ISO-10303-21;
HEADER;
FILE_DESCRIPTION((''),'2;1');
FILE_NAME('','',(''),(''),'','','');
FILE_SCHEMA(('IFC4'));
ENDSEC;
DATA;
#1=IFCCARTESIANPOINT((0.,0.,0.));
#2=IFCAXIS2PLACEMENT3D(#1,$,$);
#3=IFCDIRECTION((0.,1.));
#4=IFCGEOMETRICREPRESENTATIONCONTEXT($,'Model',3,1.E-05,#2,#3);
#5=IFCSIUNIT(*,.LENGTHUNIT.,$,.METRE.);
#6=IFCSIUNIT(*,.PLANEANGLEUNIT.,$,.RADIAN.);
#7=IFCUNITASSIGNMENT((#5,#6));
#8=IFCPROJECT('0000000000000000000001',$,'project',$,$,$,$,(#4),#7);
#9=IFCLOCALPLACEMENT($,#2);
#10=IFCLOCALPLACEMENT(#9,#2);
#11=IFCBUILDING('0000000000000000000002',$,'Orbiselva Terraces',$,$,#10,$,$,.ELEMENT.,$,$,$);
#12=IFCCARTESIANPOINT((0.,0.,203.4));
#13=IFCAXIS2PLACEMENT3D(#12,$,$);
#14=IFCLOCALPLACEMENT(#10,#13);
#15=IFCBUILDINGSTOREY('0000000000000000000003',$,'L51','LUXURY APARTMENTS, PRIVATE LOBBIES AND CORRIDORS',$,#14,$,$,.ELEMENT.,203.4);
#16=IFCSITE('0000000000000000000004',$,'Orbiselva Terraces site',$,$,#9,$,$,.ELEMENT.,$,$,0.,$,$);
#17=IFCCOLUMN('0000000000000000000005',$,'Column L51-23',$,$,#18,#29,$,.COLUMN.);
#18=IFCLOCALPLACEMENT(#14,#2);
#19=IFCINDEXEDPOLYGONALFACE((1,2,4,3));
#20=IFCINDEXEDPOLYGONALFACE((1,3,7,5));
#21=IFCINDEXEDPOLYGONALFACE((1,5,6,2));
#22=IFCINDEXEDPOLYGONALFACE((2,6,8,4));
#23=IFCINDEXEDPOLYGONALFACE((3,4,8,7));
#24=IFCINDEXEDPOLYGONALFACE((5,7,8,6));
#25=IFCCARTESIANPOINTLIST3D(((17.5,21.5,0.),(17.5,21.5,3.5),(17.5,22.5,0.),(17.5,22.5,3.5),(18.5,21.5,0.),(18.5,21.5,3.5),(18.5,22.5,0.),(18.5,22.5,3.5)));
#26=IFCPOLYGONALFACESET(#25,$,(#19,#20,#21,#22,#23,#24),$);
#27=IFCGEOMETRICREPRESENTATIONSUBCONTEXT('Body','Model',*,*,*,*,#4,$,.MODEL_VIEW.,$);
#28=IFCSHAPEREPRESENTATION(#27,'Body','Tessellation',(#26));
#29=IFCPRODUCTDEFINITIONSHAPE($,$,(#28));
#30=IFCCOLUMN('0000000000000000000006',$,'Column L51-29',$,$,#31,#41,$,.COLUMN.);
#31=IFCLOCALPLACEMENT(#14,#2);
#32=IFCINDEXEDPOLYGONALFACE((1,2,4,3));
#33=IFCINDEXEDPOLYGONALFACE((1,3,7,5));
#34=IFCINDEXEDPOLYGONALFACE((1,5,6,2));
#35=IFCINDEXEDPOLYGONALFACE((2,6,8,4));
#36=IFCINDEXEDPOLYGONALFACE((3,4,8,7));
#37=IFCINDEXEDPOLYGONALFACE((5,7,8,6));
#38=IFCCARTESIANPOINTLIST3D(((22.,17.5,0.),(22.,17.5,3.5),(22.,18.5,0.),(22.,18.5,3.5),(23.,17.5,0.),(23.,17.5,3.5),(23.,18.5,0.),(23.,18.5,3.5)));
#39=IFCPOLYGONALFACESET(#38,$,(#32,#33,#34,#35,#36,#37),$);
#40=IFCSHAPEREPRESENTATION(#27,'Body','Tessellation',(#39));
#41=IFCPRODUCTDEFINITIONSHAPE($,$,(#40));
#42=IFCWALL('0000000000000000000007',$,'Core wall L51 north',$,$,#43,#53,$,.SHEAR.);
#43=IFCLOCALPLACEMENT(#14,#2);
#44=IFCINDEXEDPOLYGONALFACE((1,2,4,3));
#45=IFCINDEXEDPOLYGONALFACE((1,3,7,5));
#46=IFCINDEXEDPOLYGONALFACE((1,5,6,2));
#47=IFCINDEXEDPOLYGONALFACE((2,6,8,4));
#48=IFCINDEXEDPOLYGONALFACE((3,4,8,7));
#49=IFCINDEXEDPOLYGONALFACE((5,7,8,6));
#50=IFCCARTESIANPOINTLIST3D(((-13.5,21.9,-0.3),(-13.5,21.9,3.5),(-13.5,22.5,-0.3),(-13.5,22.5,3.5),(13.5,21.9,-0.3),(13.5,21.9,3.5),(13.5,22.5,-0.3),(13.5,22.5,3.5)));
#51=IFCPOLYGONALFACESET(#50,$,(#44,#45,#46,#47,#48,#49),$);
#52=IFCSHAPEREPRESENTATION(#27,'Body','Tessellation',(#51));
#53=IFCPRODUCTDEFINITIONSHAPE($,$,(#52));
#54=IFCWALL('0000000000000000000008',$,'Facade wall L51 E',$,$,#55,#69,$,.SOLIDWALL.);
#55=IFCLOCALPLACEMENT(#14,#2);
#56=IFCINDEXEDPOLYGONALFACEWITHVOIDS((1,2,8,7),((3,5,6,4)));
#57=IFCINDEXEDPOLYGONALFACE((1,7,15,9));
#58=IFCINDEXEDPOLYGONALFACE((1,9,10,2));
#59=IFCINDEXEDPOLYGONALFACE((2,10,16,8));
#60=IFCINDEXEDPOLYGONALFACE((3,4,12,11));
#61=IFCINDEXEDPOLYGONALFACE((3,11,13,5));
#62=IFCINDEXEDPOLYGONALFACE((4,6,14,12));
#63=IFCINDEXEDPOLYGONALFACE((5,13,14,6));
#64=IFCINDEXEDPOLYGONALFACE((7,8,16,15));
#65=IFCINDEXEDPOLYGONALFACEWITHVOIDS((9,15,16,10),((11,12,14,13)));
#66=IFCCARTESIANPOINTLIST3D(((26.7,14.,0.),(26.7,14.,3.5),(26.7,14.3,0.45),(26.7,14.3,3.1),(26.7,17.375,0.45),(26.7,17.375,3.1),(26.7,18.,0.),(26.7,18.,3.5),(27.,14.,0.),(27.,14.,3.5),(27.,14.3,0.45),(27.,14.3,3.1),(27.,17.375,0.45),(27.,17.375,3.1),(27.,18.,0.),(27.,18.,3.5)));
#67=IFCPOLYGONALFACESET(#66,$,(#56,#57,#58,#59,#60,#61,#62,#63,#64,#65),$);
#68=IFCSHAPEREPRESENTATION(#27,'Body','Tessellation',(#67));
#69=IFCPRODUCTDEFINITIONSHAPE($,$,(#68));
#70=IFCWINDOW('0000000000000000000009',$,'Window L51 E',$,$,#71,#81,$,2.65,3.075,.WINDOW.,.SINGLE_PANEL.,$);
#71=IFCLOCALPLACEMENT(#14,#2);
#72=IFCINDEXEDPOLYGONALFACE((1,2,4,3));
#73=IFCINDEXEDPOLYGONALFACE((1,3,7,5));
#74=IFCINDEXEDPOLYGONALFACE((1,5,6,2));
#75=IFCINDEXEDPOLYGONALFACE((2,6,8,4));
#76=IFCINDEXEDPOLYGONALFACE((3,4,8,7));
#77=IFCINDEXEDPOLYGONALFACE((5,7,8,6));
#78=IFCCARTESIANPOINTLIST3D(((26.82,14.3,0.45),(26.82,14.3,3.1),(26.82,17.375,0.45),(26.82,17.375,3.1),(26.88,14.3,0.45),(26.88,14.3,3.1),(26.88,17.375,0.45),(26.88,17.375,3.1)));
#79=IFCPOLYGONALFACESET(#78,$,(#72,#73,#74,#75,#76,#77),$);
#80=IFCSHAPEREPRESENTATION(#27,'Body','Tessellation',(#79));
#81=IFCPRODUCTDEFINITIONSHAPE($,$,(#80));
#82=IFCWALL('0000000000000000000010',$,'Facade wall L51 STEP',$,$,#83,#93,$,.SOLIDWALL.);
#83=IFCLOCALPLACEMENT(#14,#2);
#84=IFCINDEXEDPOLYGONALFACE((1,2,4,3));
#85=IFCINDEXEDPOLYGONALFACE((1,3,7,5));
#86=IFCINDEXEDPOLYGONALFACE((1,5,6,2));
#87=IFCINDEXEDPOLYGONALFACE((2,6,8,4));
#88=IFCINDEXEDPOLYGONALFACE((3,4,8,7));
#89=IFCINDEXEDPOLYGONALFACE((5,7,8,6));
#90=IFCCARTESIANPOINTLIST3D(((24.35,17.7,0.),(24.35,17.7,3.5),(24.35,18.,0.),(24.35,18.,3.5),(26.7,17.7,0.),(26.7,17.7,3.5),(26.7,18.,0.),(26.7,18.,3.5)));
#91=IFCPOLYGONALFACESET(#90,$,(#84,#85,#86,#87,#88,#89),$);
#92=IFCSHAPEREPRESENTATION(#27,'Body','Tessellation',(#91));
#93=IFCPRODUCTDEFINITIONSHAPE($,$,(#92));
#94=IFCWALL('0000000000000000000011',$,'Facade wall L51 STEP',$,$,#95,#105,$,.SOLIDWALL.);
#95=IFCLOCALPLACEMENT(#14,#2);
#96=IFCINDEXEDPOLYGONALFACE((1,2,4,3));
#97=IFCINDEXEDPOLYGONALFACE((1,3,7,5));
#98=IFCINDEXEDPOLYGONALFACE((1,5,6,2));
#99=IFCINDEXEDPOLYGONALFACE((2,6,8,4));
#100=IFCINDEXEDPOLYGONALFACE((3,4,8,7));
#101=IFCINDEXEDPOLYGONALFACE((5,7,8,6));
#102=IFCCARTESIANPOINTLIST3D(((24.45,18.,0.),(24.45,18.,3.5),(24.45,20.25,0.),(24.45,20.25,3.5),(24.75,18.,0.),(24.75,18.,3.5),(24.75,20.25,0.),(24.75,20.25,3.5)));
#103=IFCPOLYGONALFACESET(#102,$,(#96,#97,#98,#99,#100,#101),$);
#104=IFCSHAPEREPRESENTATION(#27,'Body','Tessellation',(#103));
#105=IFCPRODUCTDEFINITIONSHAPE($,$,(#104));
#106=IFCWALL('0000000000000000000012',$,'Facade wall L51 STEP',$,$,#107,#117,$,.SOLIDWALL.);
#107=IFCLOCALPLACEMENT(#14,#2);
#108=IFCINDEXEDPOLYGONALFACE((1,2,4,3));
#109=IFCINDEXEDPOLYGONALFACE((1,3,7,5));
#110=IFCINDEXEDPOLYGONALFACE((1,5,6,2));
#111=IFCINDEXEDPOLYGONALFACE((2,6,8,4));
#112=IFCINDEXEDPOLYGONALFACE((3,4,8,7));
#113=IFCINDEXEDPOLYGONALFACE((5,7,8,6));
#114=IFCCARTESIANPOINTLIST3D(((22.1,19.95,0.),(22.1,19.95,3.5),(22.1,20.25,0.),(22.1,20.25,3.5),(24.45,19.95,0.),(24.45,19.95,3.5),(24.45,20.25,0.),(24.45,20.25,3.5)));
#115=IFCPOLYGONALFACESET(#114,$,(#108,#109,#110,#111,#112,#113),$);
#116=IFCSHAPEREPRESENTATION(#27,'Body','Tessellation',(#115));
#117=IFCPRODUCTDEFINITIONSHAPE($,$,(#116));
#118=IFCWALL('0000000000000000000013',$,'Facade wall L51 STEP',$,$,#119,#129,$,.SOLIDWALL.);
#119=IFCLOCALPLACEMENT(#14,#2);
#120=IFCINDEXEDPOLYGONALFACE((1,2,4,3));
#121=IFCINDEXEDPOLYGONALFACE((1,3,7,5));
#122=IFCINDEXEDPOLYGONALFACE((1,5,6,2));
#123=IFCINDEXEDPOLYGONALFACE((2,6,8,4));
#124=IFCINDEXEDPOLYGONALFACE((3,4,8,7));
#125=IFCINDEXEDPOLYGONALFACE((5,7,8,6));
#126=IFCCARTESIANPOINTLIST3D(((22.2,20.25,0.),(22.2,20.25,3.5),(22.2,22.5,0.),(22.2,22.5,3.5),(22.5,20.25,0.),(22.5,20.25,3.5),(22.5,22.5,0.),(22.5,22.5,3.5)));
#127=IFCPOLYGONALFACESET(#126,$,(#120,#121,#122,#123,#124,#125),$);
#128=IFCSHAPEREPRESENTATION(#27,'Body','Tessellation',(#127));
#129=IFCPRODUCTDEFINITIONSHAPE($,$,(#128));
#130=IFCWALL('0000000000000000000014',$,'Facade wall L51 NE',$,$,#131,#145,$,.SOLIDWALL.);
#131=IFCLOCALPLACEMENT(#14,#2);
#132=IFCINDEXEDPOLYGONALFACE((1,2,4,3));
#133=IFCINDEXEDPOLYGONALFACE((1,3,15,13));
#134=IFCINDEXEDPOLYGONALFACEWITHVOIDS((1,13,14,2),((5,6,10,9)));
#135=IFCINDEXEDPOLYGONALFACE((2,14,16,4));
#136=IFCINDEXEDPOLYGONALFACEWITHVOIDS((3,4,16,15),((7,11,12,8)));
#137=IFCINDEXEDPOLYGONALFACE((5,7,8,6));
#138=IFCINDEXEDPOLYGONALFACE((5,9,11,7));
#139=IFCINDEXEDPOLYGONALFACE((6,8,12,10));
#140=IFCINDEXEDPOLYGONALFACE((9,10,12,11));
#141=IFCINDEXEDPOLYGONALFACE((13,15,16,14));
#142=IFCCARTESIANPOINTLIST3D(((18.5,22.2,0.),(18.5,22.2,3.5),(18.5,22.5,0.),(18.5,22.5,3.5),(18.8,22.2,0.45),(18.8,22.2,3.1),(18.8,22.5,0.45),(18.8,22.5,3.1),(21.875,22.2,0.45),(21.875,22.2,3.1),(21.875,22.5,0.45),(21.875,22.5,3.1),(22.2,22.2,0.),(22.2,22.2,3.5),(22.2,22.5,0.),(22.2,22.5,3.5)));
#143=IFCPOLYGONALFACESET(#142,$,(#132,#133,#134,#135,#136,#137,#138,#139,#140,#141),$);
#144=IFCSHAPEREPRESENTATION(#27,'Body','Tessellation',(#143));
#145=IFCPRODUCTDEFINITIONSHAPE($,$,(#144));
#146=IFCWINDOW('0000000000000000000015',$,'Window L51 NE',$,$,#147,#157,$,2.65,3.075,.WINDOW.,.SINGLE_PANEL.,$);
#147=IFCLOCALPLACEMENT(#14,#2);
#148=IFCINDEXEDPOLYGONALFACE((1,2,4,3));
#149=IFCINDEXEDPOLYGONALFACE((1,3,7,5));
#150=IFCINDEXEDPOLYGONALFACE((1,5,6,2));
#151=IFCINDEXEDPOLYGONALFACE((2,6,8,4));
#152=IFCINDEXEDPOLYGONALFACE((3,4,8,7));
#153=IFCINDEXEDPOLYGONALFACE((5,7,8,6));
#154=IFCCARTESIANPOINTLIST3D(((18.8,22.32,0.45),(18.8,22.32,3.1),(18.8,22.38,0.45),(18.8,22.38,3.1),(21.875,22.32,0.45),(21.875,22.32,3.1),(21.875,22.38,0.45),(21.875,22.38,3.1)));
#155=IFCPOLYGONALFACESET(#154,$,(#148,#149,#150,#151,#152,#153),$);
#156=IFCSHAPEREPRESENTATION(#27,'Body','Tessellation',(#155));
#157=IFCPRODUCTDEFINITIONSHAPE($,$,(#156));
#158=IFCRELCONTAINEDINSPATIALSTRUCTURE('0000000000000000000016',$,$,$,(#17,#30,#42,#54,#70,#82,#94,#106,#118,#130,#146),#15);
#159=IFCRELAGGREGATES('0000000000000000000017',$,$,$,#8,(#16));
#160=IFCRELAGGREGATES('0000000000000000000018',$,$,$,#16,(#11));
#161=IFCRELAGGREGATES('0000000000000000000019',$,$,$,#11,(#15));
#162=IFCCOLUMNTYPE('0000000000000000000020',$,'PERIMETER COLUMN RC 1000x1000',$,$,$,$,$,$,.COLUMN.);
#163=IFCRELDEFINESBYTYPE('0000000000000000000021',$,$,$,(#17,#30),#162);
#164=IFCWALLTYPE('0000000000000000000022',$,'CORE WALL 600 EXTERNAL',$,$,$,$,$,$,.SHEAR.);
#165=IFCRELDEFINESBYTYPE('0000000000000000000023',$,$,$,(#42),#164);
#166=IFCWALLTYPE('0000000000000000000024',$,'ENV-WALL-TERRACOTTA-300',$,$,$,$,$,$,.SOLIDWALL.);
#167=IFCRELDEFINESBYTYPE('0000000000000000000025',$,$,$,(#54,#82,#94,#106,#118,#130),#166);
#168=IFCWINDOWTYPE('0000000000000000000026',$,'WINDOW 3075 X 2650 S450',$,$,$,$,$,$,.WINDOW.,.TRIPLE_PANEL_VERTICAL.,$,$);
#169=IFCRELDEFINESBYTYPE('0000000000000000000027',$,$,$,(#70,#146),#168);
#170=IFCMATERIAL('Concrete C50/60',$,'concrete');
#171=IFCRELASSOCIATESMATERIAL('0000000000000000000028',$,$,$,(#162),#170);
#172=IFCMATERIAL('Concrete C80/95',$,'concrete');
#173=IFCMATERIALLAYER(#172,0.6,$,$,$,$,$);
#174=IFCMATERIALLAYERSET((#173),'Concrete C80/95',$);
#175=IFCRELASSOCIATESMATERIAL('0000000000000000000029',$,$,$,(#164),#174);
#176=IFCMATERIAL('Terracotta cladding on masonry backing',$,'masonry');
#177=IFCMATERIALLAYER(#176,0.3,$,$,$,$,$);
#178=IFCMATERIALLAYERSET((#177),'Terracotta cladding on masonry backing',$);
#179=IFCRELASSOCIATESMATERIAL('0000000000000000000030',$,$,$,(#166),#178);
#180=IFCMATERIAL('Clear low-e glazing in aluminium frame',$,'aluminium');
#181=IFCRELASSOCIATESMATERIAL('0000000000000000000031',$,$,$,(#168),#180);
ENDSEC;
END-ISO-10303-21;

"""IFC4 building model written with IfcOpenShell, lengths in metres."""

from ifc_helpers import new_model, si_unit, direction, frame, frame_2d, origin, origin_2d, place, context, subcontext, project, spatial, rectangle, extrude, material, layer, layer_set, material_profile, profile_set, type_object, element, fill, save


model = new_model("IFC4")

# Units and contexts
model_context = context("Model", 3, precision=1e-05, world=origin(), true_north=direction((0.0, 1.0)))
body_context = subcontext(model_context, "Body", "Model", "MODEL_VIEW")
ifc_project = project(units=[si_unit("LENGTHUNIT", "METRE"), si_unit("PLANEANGLEUNIT", "RADIAN")], contexts=[model_context])

# Site, building, storey
site_placement = place(None, origin())
site = spatial("IfcSite", under=ifc_project, at=site_placement, Name="Orbiselva Terraces site", CompositionType="ELEMENT", RefElevation=0.0)
building_placement = place(site_placement, origin())
building = spatial("IfcBuilding", under=site, at=building_placement, Name="Orbiselva Terraces", CompositionType="ELEMENT")
storey_placement = place(building_placement, frame((0.0, 0.0, 203.4)))
storey = spatial("IfcBuildingStorey", under=building, at=storey_placement, Name="L51", Description="LUXURY APARTMENTS, PRIVATE LOBBIES AND CORRIDORS", CompositionType="ELEMENT", Elevation=203.4)

# Columns
ifc_material_1 = material(Name="Concrete C50/60", Category="concrete")
ifc_material_profile = material_profile(ifc_material_1, rectangle(XDim=1.0, YDim=1.0, at=origin_2d()), Name="RC 1000x1000")
ifc_profile_set = profile_set([ifc_material_profile], Name="Concrete C50/60")
column_type = type_object("IfcColumnType", Name="PERIMETER COLUMN RC 1000x1000", PredefinedType="COLUMN", material=ifc_profile_set)
for number, where, z_axis, x_axis, name in (
    (1, (18.0, 22.0, 0.0), (0.0, 0.0, 1.0), (1.0, 0.0, 0.0), "Column L51-23"),
    (2, (22.5, 18.0, 0.0), (0.0, 0.0, 1.0), (1.0, 0.0, 0.0), "Column L51-29"),
):
    element("IfcColumn", number, at=place(storey_placement, frame(where, z_axis=z_axis, x_axis=x_axis)), inside=storey, type_object=column_type, Name=name, PredefinedType="COLUMN", context=body_context, shape_type="SweptSolid", body=[
        extrude(rectangle(XDim=1.0, YDim=1.0, at=origin_2d()), origin(), (0.0, 0.0, 1.0), 3.5),
    ])

# Wall
ifc_material_2 = material(Name="Concrete C80/95", Category="concrete")
ifc_layer_1 = layer(ifc_material_2, 0.6)
ifc_layer_set_1 = layer_set([ifc_layer_1], Name="Concrete C80/95")
wall_type_1 = type_object("IfcWallType", Name="CORE WALL 600 EXTERNAL", PredefinedType="SHEAR", material=ifc_layer_set_1)
wall_1_placement = place(storey_placement, frame((13.5, 22.2, -0.3), z_axis=(0.0, 0.0, 1.0), x_axis=(-1.0, 0.0, 0.0)))
element("IfcWall", 3, at=wall_1_placement, inside=storey, type_object=wall_type_1, Name="Core wall L51 north", PredefinedType="SHEAR", context=body_context, shape_type="SweptSolid", body=[
    extrude(rectangle(XDim=27.0, YDim=0.6, at=frame_2d((13.5, 0.0))), origin(), (0.0, 0.0, 1.0), 3.8),
])

# Wall, opening, window
ifc_material_3 = material(Name="Terracotta cladding on masonry backing", Category="masonry")
ifc_layer_2 = layer(ifc_material_3, 0.3)
ifc_layer_set_2 = layer_set([ifc_layer_2], Name="Terracotta cladding on masonry backing")
wall_type_2 = type_object("IfcWallType", Name="ENV-WALL-TERRACOTTA-300", PredefinedType="SOLIDWALL", material=ifc_layer_set_2)
wall_2_placement = place(storey_placement, frame((26.85, 18.0, 0.0), z_axis=(0.0, 0.0, 1.0), x_axis=(0.0, -1.0, 0.0)))
wall_2 = element("IfcWall", 4, at=wall_2_placement, inside=storey, type_object=wall_type_2, Name="Facade wall L51 E", PredefinedType="SOLIDWALL", context=body_context, shape_type="SweptSolid", body=[
    extrude(rectangle(XDim=4.0, YDim=0.3, at=frame_2d((2.0, 0.0))), origin(), (0.0, 0.0, 1.0), 3.5),
])
opening_1_placement = place(wall_2_placement, frame((0.625, 0.0, 0.45)))
opening_1 = element("IfcOpeningElement", 5, at=opening_1_placement, cuts=wall_2, PredefinedType="OPENING", context=body_context, shape_type="SweptSolid", body=[
    extrude(rectangle(XDim=3.075, YDim=2.65, at=frame_2d((1.5375, 1.325))), frame((0.0, 0.16, 0.0), z_axis=(0.0, -1.0, 0.0), x_axis=(1.0, 0.0, 0.0)), (0.0, 0.0, 1.0), 0.32),
])
ifc_material_4 = material(Name="Clear low-e glazing in aluminium frame", Category="aluminium")
window_type = type_object("IfcWindowType", Name="WINDOW 3075 X 2650 S450", PartitioningType="TRIPLE_PANEL_VERTICAL", PredefinedType="WINDOW", material=ifc_material_4)
window_1_placement = place(opening_1_placement, origin())
window_1 = element("IfcWindow", 6, at=window_1_placement, inside=storey, type_object=window_type, Name="Window L51 E", OverallHeight=2.65, OverallWidth=3.075, PartitioningType="SINGLE_PANEL", PredefinedType="WINDOW", context=body_context, shape_type="SweptSolid", body=[
    extrude(rectangle(XDim=3.075, YDim=2.65, at=frame_2d((1.5375, 1.325))), frame((0.0, 0.03, 0.0), z_axis=(0.0, -1.0, 0.0), x_axis=(1.0, 0.0, 0.0)), (0.0, 0.0, 1.0), 0.06),
])
fill(opening_1, window_1)

# Walls
wall_3_placement = place(storey_placement, frame((24.35, 17.85, 0.0), z_axis=(0.0, 0.0, 1.0), x_axis=(1.0, 0.0, 0.0)))
element("IfcWall", 7, at=wall_3_placement, inside=storey, type_object=wall_type_2, Name="Facade wall L51 STEP", PredefinedType="SOLIDWALL", context=body_context, shape_type="SweptSolid", body=[
    extrude(rectangle(XDim=2.35, YDim=0.3, at=frame_2d((1.175, 0.0))), origin(), (0.0, 0.0, 1.0), 3.5),
])
wall_4_placement = place(storey_placement, frame((24.6, 20.25, 0.0), z_axis=(0.0, 0.0, 1.0), x_axis=(0.0, -1.0, 0.0)))
element("IfcWall", 8, at=wall_4_placement, inside=storey, type_object=wall_type_2, Name="Facade wall L51 STEP", PredefinedType="SOLIDWALL", context=body_context, shape_type="SweptSolid", body=[
    extrude(rectangle(XDim=2.25, YDim=0.3, at=frame_2d((1.125, 0.0))), origin(), (0.0, 0.0, 1.0), 3.5),
])
wall_5_placement = place(storey_placement, frame((22.1, 20.1, 0.0), z_axis=(0.0, 0.0, 1.0), x_axis=(1.0, 0.0, 0.0)))
element("IfcWall", 9, at=wall_5_placement, inside=storey, type_object=wall_type_2, Name="Facade wall L51 STEP", PredefinedType="SOLIDWALL", context=body_context, shape_type="SweptSolid", body=[
    extrude(rectangle(XDim=2.35, YDim=0.3, at=frame_2d((1.175, 0.0))), origin(), (0.0, 0.0, 1.0), 3.5),
])
wall_6_placement = place(storey_placement, frame((22.35, 22.5, 0.0), z_axis=(0.0, 0.0, 1.0), x_axis=(0.0, -1.0, 0.0)))
element("IfcWall", 10, at=wall_6_placement, inside=storey, type_object=wall_type_2, Name="Facade wall L51 STEP", PredefinedType="SOLIDWALL", context=body_context, shape_type="SweptSolid", body=[
    extrude(rectangle(XDim=2.25, YDim=0.3, at=frame_2d((1.125, 0.0))), origin(), (0.0, 0.0, 1.0), 3.5),
])

# Wall, opening, window
wall_7_placement = place(storey_placement, frame((18.5, 22.35, 0.0), z_axis=(0.0, 0.0, 1.0), x_axis=(1.0, 0.0, 0.0)))
wall_7 = element("IfcWall", 11, at=wall_7_placement, inside=storey, type_object=wall_type_2, Name="Facade wall L51 NE", PredefinedType="SOLIDWALL", context=body_context, shape_type="SweptSolid", body=[
    extrude(rectangle(XDim=3.7, YDim=0.3, at=frame_2d((1.85, 0.0))), origin(), (0.0, 0.0, 1.0), 3.5),
])
opening_2_placement = place(wall_7_placement, frame((0.3, 0.0, 0.45)))
opening_2 = element("IfcOpeningElement", 12, at=opening_2_placement, cuts=wall_7, PredefinedType="OPENING", context=body_context, shape_type="SweptSolid", body=[
    extrude(rectangle(XDim=3.075, YDim=2.65, at=frame_2d((1.5375, 1.325))), frame((0.0, 0.16, 0.0), z_axis=(0.0, -1.0, 0.0), x_axis=(1.0, 0.0, 0.0)), (0.0, 0.0, 1.0), 0.32),
])
window_2_placement = place(opening_2_placement, origin())
window_2 = element("IfcWindow", 13, at=window_2_placement, inside=storey, type_object=window_type, Name="Window L51 NE", OverallHeight=2.65, OverallWidth=3.075, PartitioningType="SINGLE_PANEL", PredefinedType="WINDOW", context=body_context, shape_type="SweptSolid", body=[
    extrude(rectangle(XDim=3.075, YDim=2.65, at=frame_2d((1.5375, 1.325))), frame((0.0, 0.03, 0.0), z_axis=(0.0, -1.0, 0.0), x_axis=(1.0, 0.0, 0.0)), (0.0, 0.0, 1.0), 0.06),
])
fill(opening_2, window_2)

save(model, "model.ifc")
